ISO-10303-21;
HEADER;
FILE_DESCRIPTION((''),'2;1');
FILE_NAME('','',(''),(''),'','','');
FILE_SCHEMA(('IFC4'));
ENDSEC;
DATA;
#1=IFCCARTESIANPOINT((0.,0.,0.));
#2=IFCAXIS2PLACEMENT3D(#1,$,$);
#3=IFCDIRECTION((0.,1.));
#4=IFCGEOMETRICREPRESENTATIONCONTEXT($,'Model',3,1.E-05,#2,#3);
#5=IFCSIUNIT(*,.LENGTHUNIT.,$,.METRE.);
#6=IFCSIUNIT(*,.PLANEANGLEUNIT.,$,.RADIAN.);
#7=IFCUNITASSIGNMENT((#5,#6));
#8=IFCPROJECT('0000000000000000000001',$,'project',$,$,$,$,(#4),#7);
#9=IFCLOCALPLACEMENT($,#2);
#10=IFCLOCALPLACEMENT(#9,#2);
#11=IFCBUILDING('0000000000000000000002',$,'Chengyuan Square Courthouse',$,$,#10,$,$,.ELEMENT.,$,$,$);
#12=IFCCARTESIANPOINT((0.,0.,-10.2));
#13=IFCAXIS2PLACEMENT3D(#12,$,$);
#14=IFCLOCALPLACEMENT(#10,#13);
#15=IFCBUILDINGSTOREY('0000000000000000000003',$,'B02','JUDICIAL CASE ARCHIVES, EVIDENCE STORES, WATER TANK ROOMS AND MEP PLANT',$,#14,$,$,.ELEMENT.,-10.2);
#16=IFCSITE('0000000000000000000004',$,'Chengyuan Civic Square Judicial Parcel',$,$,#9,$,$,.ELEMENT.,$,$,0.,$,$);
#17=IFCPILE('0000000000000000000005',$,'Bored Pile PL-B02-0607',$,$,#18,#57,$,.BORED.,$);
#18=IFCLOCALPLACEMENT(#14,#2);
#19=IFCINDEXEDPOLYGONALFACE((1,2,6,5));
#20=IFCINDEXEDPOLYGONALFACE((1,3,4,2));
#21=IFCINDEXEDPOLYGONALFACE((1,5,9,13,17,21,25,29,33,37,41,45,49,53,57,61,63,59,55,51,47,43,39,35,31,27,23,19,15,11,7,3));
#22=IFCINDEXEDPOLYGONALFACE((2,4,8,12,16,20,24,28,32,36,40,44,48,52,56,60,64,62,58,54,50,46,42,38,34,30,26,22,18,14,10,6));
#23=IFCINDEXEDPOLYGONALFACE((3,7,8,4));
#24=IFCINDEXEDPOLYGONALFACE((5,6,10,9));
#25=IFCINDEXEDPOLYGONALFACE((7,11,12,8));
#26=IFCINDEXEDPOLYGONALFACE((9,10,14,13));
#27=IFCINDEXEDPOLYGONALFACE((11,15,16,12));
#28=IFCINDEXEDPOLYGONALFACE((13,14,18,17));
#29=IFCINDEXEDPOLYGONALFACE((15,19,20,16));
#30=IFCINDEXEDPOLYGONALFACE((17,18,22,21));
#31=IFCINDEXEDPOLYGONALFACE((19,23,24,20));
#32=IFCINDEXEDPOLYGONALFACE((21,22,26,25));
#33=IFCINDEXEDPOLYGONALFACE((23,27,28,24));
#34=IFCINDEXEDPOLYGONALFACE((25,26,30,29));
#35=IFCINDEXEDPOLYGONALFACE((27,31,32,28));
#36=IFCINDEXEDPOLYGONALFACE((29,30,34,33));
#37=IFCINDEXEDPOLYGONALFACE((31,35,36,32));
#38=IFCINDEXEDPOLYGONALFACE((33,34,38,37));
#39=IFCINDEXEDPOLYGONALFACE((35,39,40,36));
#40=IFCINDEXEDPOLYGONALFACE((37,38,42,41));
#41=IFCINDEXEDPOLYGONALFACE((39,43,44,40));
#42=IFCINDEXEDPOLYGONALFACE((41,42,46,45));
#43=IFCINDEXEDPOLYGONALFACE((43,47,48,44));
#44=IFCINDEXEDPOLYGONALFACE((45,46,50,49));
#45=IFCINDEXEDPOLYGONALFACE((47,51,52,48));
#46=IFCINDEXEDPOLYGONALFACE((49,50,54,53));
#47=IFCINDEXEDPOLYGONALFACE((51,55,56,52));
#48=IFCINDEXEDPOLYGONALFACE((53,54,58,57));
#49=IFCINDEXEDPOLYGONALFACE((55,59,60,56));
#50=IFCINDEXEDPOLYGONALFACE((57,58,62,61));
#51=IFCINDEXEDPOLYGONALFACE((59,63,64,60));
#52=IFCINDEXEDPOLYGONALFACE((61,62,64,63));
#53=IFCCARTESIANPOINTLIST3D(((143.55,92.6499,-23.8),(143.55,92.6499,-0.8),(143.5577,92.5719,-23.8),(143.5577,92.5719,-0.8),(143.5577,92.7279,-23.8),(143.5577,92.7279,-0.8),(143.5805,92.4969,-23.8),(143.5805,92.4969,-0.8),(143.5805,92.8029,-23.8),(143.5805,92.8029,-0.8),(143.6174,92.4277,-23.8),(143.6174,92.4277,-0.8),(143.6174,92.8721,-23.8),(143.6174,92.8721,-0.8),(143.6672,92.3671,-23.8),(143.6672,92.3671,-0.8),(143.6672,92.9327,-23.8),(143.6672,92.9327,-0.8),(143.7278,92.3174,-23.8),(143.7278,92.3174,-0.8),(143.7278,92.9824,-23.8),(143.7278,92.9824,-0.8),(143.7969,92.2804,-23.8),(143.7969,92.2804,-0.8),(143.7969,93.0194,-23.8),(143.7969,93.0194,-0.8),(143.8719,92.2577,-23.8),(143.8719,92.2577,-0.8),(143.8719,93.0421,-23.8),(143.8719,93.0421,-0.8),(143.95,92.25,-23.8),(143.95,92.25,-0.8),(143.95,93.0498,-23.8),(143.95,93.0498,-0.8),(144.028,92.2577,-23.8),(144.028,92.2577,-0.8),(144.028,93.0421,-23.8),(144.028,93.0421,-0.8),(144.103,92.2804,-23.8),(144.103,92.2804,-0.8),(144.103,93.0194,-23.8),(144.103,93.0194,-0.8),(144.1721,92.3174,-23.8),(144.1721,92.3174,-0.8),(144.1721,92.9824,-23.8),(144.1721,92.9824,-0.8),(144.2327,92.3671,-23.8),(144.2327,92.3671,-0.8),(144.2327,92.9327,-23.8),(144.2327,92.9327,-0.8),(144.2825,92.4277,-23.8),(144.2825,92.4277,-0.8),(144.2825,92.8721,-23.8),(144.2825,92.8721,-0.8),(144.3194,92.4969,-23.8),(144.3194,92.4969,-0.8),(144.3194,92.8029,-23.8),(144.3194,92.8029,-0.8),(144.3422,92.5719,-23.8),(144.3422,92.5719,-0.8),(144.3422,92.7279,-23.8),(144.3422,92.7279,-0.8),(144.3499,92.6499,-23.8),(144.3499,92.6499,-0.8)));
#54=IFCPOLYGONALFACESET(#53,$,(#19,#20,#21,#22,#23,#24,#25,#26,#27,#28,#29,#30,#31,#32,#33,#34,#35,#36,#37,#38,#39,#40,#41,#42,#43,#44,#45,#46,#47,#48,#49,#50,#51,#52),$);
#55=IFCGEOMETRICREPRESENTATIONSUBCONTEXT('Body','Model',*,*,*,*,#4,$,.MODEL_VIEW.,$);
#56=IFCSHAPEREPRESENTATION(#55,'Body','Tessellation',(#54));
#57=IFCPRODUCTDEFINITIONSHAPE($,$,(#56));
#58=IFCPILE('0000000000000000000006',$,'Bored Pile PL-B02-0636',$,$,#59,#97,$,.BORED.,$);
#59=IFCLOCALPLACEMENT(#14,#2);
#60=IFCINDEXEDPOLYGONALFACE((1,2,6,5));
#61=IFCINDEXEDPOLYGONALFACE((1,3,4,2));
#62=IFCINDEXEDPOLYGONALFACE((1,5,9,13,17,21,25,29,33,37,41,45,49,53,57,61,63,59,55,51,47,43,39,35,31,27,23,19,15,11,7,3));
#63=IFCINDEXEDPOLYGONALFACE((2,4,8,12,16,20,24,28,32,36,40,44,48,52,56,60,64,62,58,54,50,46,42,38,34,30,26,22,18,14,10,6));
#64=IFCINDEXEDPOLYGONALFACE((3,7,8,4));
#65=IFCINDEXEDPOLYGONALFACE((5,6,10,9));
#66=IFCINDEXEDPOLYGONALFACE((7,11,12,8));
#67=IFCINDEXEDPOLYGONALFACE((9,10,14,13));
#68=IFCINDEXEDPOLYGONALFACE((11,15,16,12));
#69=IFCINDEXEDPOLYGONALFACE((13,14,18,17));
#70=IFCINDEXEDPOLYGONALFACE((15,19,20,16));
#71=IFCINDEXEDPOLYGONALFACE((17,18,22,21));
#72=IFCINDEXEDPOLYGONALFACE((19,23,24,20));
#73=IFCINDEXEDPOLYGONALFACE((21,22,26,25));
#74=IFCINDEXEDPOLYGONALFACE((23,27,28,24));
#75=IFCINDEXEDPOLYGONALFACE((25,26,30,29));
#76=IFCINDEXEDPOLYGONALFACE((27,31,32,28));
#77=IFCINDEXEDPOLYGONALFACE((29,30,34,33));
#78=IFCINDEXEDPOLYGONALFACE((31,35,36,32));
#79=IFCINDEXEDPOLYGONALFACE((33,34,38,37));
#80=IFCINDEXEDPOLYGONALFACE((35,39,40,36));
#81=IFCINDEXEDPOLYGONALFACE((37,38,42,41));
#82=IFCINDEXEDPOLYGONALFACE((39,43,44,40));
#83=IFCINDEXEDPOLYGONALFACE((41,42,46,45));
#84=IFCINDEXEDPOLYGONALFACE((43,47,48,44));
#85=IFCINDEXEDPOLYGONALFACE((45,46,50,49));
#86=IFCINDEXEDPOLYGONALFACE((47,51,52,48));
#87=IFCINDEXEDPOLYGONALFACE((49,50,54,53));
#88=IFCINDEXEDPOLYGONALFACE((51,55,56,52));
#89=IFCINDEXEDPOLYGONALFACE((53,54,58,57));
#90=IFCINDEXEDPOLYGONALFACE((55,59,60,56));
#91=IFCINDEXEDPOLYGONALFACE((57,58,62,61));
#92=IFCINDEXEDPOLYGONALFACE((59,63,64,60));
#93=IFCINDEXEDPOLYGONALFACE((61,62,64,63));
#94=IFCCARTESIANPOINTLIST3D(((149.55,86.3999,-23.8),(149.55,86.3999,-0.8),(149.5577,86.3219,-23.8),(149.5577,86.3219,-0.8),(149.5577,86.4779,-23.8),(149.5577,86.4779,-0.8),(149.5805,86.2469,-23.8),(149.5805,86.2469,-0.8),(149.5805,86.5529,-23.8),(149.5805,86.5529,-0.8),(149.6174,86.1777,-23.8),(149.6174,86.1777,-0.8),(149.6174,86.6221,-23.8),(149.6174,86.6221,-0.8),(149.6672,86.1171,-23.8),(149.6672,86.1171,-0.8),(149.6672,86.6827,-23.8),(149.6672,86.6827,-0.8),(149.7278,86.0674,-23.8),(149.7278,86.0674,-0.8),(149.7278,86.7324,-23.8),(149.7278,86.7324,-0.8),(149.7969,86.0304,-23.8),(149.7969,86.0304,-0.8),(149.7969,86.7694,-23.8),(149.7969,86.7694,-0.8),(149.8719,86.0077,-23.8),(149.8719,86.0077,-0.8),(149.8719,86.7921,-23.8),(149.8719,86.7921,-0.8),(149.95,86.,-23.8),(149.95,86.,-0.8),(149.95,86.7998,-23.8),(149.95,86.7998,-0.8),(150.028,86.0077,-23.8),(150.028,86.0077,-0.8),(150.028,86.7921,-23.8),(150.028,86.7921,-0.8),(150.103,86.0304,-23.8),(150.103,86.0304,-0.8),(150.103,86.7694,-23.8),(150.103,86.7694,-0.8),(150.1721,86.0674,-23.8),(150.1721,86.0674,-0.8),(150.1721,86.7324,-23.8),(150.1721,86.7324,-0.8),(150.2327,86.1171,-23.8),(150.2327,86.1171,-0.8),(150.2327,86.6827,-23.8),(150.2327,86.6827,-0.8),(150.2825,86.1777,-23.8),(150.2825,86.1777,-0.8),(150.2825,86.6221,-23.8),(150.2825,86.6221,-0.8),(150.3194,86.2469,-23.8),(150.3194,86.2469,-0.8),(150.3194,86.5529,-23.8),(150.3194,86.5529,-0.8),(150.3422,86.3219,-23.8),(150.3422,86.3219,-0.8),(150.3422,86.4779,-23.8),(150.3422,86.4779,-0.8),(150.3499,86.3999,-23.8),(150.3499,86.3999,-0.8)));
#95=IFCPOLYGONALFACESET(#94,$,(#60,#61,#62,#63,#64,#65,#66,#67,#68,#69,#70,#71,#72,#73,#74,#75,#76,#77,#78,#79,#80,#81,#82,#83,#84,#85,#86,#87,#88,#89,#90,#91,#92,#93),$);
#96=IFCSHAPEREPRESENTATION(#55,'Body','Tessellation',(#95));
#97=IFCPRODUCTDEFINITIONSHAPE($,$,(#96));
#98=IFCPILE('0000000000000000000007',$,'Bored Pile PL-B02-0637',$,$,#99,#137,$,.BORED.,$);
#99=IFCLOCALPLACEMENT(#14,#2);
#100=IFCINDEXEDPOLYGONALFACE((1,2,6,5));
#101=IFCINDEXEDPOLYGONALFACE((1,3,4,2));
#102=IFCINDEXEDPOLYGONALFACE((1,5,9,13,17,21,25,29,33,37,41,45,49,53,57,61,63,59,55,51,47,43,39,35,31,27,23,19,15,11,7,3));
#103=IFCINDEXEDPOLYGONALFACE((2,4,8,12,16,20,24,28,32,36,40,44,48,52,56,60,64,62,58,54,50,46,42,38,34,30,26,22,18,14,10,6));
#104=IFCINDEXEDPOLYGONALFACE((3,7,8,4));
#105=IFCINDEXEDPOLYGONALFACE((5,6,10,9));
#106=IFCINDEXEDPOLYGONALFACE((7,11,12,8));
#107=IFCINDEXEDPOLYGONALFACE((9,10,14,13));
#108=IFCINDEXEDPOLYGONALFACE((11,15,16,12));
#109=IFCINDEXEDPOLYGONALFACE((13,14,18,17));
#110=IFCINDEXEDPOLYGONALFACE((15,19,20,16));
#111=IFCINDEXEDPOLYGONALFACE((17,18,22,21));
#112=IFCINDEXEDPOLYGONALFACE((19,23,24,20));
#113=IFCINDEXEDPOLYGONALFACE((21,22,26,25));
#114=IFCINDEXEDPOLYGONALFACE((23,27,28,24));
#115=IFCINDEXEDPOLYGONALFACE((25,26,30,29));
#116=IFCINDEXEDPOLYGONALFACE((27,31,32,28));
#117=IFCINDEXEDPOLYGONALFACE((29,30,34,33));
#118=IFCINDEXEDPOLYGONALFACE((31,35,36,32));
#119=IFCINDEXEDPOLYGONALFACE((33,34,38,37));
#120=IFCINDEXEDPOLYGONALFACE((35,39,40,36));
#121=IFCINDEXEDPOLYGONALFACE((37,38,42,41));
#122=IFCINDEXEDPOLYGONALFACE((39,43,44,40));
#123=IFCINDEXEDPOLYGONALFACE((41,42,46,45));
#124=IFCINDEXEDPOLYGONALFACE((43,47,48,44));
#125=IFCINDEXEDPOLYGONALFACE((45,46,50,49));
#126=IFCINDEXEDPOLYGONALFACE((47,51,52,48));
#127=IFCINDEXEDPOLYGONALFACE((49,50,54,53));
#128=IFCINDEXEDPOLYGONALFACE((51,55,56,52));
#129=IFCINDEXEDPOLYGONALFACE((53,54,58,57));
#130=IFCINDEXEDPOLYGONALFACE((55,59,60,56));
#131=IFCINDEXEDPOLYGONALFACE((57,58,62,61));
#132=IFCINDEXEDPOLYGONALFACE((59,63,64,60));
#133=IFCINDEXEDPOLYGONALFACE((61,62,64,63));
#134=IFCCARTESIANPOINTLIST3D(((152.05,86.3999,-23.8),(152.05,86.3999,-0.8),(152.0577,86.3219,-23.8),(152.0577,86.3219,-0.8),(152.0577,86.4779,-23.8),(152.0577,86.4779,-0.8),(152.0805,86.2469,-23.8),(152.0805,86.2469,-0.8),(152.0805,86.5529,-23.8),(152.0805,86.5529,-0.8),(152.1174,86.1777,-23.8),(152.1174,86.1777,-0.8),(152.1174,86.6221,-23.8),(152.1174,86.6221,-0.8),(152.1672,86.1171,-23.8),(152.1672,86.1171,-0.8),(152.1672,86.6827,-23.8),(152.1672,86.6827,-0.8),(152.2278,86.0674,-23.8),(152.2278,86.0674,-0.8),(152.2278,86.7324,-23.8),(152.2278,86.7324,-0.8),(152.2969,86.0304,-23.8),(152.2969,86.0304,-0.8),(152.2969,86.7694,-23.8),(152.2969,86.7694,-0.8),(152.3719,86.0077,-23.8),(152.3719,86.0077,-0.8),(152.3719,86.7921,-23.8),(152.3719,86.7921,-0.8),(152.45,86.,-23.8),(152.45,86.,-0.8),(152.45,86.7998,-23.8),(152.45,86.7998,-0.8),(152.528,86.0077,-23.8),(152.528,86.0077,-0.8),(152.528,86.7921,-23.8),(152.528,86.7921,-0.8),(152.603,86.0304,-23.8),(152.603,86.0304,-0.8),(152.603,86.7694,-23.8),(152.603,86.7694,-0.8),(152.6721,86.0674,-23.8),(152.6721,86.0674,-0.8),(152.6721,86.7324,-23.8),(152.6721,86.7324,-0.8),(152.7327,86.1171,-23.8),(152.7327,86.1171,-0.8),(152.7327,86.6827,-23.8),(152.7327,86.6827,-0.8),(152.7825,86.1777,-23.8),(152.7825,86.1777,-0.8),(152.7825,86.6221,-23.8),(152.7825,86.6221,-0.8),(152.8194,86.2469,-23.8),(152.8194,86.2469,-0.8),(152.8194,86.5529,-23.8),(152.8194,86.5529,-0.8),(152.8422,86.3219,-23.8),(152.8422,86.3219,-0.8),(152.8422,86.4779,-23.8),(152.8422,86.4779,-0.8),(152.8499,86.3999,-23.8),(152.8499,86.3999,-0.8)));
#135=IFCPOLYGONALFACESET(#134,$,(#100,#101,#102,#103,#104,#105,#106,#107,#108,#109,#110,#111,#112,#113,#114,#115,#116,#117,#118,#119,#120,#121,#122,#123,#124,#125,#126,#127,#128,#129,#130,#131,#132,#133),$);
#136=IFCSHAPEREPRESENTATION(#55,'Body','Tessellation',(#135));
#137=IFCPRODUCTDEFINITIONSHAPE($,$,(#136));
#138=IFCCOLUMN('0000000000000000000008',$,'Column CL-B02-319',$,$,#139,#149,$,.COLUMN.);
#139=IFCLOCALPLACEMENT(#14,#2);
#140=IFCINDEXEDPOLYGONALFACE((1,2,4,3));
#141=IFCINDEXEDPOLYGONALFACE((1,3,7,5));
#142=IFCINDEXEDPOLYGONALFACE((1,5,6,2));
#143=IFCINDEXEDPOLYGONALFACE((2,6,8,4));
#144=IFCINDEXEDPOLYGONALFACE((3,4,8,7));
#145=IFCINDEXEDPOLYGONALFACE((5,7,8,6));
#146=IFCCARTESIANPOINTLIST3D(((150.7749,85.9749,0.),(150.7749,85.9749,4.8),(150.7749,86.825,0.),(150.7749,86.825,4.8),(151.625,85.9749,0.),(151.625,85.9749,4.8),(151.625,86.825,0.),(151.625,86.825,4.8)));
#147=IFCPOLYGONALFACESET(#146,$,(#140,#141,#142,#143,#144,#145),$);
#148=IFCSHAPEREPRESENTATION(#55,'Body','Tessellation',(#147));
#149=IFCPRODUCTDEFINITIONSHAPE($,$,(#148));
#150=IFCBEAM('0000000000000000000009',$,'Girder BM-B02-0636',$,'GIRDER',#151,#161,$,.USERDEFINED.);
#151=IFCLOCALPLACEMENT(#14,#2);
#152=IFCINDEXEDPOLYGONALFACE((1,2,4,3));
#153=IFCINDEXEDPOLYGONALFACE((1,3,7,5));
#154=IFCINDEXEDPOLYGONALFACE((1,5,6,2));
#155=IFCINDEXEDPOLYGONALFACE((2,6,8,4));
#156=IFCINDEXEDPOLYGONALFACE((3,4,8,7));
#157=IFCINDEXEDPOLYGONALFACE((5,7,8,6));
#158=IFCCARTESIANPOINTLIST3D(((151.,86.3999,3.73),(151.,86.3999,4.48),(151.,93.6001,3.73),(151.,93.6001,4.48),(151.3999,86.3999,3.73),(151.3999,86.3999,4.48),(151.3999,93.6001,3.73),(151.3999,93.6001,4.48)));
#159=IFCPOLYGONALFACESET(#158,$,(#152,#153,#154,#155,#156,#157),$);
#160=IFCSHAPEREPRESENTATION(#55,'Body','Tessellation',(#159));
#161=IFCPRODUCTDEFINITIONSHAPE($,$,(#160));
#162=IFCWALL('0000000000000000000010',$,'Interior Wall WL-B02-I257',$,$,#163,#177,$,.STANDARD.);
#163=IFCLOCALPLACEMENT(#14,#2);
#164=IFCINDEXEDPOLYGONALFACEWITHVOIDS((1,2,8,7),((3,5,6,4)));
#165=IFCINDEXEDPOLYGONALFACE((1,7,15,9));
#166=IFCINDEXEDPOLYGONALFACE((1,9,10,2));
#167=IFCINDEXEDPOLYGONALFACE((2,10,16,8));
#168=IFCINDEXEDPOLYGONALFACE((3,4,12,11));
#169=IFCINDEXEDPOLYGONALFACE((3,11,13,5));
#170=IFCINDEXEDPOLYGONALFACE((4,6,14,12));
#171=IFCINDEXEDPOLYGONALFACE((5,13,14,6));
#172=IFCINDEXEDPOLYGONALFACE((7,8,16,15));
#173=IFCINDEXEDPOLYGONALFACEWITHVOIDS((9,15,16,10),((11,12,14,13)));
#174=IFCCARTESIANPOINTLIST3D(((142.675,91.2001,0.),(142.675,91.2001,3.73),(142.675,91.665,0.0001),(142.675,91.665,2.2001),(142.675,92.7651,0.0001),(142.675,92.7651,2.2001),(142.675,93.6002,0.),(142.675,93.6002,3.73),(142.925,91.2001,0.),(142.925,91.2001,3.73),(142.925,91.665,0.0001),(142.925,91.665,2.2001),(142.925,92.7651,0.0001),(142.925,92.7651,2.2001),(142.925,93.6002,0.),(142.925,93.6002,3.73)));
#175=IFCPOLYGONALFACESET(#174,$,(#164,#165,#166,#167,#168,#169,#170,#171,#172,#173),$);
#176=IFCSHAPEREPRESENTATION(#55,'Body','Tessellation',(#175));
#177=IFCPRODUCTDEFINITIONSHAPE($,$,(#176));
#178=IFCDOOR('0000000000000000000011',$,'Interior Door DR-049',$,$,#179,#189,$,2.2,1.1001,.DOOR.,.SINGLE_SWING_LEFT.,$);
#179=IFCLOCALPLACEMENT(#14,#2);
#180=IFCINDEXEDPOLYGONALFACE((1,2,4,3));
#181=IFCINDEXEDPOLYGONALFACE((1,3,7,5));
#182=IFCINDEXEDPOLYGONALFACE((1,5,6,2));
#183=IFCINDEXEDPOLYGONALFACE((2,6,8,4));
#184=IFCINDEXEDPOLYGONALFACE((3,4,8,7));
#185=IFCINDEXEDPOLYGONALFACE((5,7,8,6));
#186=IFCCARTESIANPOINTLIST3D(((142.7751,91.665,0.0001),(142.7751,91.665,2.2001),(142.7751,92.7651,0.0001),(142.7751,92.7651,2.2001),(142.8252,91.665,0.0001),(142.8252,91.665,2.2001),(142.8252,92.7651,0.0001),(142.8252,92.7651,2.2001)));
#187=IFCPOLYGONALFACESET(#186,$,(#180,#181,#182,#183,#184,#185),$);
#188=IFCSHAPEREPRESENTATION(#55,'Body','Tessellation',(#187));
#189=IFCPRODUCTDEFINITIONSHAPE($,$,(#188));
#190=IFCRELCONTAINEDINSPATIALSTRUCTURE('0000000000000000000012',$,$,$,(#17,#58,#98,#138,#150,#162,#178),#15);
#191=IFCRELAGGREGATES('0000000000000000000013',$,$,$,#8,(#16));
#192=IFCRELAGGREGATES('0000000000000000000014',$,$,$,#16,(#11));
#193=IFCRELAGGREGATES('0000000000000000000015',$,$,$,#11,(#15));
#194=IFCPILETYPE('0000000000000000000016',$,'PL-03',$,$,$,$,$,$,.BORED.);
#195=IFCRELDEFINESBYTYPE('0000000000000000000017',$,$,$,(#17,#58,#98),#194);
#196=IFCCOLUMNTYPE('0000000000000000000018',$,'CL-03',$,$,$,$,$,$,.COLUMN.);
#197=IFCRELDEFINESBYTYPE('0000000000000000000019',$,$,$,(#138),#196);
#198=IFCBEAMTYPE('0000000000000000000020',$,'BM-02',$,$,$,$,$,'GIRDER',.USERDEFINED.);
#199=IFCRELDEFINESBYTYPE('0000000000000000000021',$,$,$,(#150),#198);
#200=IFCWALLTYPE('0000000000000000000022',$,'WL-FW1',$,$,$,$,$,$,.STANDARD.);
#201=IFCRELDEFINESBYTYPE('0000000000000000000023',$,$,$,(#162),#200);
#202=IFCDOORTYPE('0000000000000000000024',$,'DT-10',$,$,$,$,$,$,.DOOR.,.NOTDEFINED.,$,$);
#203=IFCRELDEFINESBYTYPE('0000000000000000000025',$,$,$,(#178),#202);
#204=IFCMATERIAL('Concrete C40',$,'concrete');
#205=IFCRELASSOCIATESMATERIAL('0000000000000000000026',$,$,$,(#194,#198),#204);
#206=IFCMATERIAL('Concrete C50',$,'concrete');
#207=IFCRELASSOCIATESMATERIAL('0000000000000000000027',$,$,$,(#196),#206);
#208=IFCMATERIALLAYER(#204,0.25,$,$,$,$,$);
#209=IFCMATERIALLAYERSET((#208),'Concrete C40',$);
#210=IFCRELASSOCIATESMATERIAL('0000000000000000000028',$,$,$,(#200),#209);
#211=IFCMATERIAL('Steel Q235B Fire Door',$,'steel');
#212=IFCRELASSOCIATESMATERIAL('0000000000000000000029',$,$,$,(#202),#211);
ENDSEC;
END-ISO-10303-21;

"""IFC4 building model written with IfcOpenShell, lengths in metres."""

from ifc_helpers import new_model, si_unit, direction, frame, frame_2d, origin, origin_2d, place, context, subcontext, project, spatial, rectangle, circle, extrude, material, layer, layer_set, material_profile, profile_set, type_object, element, fill, save


model = new_model("IFC4")

# Units and contexts
model_context = context("Model", 3, precision=1e-05, world=origin(), true_north=direction((0.0, 1.0)))
body_context = subcontext(model_context, "Body", "Model", "MODEL_VIEW")
ifc_project = project(units=[si_unit("LENGTHUNIT", "METRE"), si_unit("PLANEANGLEUNIT", "RADIAN")], contexts=[model_context])

# Site, building, storey
site_placement = place(None, origin())
site = spatial("IfcSite", under=ifc_project, at=site_placement, Name="Chengyuan Civic Square Judicial Parcel", CompositionType="ELEMENT", RefElevation=0.0)
building_placement = place(site_placement, origin())
building = spatial("IfcBuilding", under=site, at=building_placement, Name="Chengyuan Square Courthouse", CompositionType="ELEMENT")
storey_placement = place(building_placement, frame((0.0, 0.0, -10.2)))
storey = spatial("IfcBuildingStorey", under=building, at=storey_placement, Name="B02", Description="JUDICIAL CASE ARCHIVES, EVIDENCE STORES, WATER TANK ROOMS AND MEP PLANT", CompositionType="ELEMENT", Elevation=-10.2)

# Shared definitions
ifc_material_1 = material(Name="Concrete C40", Category="concrete")

# Piles
ifc_material_profile_1 = material_profile(ifc_material_1, circle(Radius=0.3999, at=origin_2d()), Name="BORED PILE D800")
ifc_profile_set_1 = profile_set([ifc_material_profile_1], Name="Concrete C40")
pile_type_1 = type_object("IfcPileType", Name="PL-03", PredefinedType="BORED", material=ifc_profile_set_1)
for number, where, z_axis, x_axis, name in (
    (1, (143.95, 92.6499, -0.8), (0.0, 0.0, -1.0), (1.0, 0.0, 0.0), "Bored Pile PL-B02-0607"),
    (2, (149.95, 86.3999, -0.8), (0.0, 0.0, -1.0), (1.0, 0.0, 0.0), "Bored Pile PL-B02-0636"),
    (3, (152.45, 86.3999, -0.8), (0.0, 0.0, -1.0), (1.0, 0.0, 0.0), "Bored Pile PL-B02-0637"),
):
    element("IfcPile", number, at=place(storey_placement, frame(where, z_axis=z_axis, x_axis=x_axis)), inside=storey, type_object=pile_type_1, Name=name, PredefinedType="BORED", context=body_context, shape_type="SweptSolid", body=[
        extrude(circle(Radius=0.3999, at=origin_2d()), origin(), (0.0, 0.0, 1.0), 23.0),
    ])

# Column
ifc_material_2 = material(Name="Concrete C50", Category="concrete")
ifc_material_profile_2 = material_profile(ifc_material_2, rectangle(XDim=0.8501, YDim=0.8501, at=origin_2d()), Name="RC-COL-850x850")
ifc_profile_set_2 = profile_set([ifc_material_profile_2], Name="Concrete C50")
column_type = type_object("IfcColumnType", Name="CL-03", PredefinedType="COLUMN", material=ifc_profile_set_2)
column_placement = place(storey_placement, frame((151.2, 86.3999, 0.0), z_axis=(0.0, 0.0, 1.0), x_axis=(1.0, 0.0, 0.0)))
element("IfcColumn", 4, at=column_placement, inside=storey, type_object=column_type, Name="Column CL-B02-319", PredefinedType="COLUMN", context=body_context, shape_type="SweptSolid", body=[
    extrude(rectangle(XDim=0.8501, YDim=0.8501, at=origin_2d()), origin(), (0.0, 0.0, 1.0), 4.8),
])

# Beam
ifc_material_profile_3 = material_profile(ifc_material_1, rectangle(XDim=0.3999, YDim=0.75, at=origin_2d()), Name="RC-BM-400x750")
ifc_profile_set_3 = profile_set([ifc_material_profile_3], Name="Concrete C40")
beam_type = type_object("IfcBeamType", Name="BM-02", ElementType="GIRDER", PredefinedType="USERDEFINED", material=ifc_profile_set_3)
beam_placement = place(storey_placement, frame((151.2, 86.3999, 4.105), z_axis=(0.0, 1.0, 0.0), x_axis=(-1.0, 0.0, 0.0)))
element("IfcBeam", 5, at=beam_placement, inside=storey, type_object=beam_type, Name="Girder BM-B02-0636", ObjectType="GIRDER", PredefinedType="USERDEFINED", context=body_context, shape_type="SweptSolid", body=[
    extrude(rectangle(XDim=0.3999, YDim=0.75, at=origin_2d()), origin(), (0.0, 0.0, 1.0), 7.2002),
])

# Wall, opening, door
ifc_layer_1 = layer(ifc_material_1, 0.25)
ifc_layer_set_1 = layer_set([ifc_layer_1], Name="Concrete C40")
wall_type_1 = type_object("IfcWallType", Name="WL-FW1", PredefinedType="STANDARD", material=ifc_layer_set_1)
wall_1_placement = place(storey_placement, frame((142.8, 91.2, 0.0), z_axis=(0.0, 0.0, 1.0), x_axis=(0.0, 1.0, 0.0)))
wall_1 = element("IfcWall", 6, at=wall_1_placement, inside=storey, type_object=wall_type_1, Name="Interior Wall WL-B02-I257", PredefinedType="STANDARD", context=body_context, shape_type="SweptSolid", body=[
    extrude(rectangle(XDim=2.4001, YDim=0.25, at=frame_2d((1.2002, 0.0))), origin(), (0.0, 0.0, 1.0), 3.73),
])
opening_1_placement = place(wall_1_placement, frame((0.4651, 0.0, 0.0)))
opening_1 = element("IfcOpeningElement", 7, at=opening_1_placement, cuts=wall_1, PredefinedType="OPENING", context=body_context, shape_type="SweptSolid", body=[
    extrude(rectangle(XDim=1.1001, YDim=2.2, at=frame_2d((0.55, 1.1001))), frame((0.0, 0.137, 0.0), z_axis=(0.0, -1.0, 0.0), x_axis=(1.0, 0.0, 0.0)), (0.0, 0.0, 1.0), 0.2739),
])
ifc_material_3 = material(Name="Steel Q235B Fire Door", Category="steel")
door_type = type_object("IfcDoorType", Name="DT-10", OperationType="NOTDEFINED", PredefinedType="DOOR", material=ifc_material_3)
door_1_placement = place(opening_1_placement, origin())
door_1 = element("IfcDoor", 8, at=door_1_placement, inside=storey, type_object=door_type, Name="Interior Door DR-049", OperationType="SINGLE_SWING_LEFT", OverallHeight=2.2, OverallWidth=1.1001, PredefinedType="DOOR", context=body_context, shape_type="SweptSolid", body=[
    extrude(rectangle(XDim=1.1001, YDim=2.2, at=frame_2d((0.55, 1.1001))), frame((0.0, 0.0249, 0.0), z_axis=(0.0, -1.0, 0.0), x_axis=(1.0, 0.0, 0.0)), (0.0, 0.0, 1.0), 0.05),
])
fill(opening_1, door_1)

save(model, "model.ifc")
